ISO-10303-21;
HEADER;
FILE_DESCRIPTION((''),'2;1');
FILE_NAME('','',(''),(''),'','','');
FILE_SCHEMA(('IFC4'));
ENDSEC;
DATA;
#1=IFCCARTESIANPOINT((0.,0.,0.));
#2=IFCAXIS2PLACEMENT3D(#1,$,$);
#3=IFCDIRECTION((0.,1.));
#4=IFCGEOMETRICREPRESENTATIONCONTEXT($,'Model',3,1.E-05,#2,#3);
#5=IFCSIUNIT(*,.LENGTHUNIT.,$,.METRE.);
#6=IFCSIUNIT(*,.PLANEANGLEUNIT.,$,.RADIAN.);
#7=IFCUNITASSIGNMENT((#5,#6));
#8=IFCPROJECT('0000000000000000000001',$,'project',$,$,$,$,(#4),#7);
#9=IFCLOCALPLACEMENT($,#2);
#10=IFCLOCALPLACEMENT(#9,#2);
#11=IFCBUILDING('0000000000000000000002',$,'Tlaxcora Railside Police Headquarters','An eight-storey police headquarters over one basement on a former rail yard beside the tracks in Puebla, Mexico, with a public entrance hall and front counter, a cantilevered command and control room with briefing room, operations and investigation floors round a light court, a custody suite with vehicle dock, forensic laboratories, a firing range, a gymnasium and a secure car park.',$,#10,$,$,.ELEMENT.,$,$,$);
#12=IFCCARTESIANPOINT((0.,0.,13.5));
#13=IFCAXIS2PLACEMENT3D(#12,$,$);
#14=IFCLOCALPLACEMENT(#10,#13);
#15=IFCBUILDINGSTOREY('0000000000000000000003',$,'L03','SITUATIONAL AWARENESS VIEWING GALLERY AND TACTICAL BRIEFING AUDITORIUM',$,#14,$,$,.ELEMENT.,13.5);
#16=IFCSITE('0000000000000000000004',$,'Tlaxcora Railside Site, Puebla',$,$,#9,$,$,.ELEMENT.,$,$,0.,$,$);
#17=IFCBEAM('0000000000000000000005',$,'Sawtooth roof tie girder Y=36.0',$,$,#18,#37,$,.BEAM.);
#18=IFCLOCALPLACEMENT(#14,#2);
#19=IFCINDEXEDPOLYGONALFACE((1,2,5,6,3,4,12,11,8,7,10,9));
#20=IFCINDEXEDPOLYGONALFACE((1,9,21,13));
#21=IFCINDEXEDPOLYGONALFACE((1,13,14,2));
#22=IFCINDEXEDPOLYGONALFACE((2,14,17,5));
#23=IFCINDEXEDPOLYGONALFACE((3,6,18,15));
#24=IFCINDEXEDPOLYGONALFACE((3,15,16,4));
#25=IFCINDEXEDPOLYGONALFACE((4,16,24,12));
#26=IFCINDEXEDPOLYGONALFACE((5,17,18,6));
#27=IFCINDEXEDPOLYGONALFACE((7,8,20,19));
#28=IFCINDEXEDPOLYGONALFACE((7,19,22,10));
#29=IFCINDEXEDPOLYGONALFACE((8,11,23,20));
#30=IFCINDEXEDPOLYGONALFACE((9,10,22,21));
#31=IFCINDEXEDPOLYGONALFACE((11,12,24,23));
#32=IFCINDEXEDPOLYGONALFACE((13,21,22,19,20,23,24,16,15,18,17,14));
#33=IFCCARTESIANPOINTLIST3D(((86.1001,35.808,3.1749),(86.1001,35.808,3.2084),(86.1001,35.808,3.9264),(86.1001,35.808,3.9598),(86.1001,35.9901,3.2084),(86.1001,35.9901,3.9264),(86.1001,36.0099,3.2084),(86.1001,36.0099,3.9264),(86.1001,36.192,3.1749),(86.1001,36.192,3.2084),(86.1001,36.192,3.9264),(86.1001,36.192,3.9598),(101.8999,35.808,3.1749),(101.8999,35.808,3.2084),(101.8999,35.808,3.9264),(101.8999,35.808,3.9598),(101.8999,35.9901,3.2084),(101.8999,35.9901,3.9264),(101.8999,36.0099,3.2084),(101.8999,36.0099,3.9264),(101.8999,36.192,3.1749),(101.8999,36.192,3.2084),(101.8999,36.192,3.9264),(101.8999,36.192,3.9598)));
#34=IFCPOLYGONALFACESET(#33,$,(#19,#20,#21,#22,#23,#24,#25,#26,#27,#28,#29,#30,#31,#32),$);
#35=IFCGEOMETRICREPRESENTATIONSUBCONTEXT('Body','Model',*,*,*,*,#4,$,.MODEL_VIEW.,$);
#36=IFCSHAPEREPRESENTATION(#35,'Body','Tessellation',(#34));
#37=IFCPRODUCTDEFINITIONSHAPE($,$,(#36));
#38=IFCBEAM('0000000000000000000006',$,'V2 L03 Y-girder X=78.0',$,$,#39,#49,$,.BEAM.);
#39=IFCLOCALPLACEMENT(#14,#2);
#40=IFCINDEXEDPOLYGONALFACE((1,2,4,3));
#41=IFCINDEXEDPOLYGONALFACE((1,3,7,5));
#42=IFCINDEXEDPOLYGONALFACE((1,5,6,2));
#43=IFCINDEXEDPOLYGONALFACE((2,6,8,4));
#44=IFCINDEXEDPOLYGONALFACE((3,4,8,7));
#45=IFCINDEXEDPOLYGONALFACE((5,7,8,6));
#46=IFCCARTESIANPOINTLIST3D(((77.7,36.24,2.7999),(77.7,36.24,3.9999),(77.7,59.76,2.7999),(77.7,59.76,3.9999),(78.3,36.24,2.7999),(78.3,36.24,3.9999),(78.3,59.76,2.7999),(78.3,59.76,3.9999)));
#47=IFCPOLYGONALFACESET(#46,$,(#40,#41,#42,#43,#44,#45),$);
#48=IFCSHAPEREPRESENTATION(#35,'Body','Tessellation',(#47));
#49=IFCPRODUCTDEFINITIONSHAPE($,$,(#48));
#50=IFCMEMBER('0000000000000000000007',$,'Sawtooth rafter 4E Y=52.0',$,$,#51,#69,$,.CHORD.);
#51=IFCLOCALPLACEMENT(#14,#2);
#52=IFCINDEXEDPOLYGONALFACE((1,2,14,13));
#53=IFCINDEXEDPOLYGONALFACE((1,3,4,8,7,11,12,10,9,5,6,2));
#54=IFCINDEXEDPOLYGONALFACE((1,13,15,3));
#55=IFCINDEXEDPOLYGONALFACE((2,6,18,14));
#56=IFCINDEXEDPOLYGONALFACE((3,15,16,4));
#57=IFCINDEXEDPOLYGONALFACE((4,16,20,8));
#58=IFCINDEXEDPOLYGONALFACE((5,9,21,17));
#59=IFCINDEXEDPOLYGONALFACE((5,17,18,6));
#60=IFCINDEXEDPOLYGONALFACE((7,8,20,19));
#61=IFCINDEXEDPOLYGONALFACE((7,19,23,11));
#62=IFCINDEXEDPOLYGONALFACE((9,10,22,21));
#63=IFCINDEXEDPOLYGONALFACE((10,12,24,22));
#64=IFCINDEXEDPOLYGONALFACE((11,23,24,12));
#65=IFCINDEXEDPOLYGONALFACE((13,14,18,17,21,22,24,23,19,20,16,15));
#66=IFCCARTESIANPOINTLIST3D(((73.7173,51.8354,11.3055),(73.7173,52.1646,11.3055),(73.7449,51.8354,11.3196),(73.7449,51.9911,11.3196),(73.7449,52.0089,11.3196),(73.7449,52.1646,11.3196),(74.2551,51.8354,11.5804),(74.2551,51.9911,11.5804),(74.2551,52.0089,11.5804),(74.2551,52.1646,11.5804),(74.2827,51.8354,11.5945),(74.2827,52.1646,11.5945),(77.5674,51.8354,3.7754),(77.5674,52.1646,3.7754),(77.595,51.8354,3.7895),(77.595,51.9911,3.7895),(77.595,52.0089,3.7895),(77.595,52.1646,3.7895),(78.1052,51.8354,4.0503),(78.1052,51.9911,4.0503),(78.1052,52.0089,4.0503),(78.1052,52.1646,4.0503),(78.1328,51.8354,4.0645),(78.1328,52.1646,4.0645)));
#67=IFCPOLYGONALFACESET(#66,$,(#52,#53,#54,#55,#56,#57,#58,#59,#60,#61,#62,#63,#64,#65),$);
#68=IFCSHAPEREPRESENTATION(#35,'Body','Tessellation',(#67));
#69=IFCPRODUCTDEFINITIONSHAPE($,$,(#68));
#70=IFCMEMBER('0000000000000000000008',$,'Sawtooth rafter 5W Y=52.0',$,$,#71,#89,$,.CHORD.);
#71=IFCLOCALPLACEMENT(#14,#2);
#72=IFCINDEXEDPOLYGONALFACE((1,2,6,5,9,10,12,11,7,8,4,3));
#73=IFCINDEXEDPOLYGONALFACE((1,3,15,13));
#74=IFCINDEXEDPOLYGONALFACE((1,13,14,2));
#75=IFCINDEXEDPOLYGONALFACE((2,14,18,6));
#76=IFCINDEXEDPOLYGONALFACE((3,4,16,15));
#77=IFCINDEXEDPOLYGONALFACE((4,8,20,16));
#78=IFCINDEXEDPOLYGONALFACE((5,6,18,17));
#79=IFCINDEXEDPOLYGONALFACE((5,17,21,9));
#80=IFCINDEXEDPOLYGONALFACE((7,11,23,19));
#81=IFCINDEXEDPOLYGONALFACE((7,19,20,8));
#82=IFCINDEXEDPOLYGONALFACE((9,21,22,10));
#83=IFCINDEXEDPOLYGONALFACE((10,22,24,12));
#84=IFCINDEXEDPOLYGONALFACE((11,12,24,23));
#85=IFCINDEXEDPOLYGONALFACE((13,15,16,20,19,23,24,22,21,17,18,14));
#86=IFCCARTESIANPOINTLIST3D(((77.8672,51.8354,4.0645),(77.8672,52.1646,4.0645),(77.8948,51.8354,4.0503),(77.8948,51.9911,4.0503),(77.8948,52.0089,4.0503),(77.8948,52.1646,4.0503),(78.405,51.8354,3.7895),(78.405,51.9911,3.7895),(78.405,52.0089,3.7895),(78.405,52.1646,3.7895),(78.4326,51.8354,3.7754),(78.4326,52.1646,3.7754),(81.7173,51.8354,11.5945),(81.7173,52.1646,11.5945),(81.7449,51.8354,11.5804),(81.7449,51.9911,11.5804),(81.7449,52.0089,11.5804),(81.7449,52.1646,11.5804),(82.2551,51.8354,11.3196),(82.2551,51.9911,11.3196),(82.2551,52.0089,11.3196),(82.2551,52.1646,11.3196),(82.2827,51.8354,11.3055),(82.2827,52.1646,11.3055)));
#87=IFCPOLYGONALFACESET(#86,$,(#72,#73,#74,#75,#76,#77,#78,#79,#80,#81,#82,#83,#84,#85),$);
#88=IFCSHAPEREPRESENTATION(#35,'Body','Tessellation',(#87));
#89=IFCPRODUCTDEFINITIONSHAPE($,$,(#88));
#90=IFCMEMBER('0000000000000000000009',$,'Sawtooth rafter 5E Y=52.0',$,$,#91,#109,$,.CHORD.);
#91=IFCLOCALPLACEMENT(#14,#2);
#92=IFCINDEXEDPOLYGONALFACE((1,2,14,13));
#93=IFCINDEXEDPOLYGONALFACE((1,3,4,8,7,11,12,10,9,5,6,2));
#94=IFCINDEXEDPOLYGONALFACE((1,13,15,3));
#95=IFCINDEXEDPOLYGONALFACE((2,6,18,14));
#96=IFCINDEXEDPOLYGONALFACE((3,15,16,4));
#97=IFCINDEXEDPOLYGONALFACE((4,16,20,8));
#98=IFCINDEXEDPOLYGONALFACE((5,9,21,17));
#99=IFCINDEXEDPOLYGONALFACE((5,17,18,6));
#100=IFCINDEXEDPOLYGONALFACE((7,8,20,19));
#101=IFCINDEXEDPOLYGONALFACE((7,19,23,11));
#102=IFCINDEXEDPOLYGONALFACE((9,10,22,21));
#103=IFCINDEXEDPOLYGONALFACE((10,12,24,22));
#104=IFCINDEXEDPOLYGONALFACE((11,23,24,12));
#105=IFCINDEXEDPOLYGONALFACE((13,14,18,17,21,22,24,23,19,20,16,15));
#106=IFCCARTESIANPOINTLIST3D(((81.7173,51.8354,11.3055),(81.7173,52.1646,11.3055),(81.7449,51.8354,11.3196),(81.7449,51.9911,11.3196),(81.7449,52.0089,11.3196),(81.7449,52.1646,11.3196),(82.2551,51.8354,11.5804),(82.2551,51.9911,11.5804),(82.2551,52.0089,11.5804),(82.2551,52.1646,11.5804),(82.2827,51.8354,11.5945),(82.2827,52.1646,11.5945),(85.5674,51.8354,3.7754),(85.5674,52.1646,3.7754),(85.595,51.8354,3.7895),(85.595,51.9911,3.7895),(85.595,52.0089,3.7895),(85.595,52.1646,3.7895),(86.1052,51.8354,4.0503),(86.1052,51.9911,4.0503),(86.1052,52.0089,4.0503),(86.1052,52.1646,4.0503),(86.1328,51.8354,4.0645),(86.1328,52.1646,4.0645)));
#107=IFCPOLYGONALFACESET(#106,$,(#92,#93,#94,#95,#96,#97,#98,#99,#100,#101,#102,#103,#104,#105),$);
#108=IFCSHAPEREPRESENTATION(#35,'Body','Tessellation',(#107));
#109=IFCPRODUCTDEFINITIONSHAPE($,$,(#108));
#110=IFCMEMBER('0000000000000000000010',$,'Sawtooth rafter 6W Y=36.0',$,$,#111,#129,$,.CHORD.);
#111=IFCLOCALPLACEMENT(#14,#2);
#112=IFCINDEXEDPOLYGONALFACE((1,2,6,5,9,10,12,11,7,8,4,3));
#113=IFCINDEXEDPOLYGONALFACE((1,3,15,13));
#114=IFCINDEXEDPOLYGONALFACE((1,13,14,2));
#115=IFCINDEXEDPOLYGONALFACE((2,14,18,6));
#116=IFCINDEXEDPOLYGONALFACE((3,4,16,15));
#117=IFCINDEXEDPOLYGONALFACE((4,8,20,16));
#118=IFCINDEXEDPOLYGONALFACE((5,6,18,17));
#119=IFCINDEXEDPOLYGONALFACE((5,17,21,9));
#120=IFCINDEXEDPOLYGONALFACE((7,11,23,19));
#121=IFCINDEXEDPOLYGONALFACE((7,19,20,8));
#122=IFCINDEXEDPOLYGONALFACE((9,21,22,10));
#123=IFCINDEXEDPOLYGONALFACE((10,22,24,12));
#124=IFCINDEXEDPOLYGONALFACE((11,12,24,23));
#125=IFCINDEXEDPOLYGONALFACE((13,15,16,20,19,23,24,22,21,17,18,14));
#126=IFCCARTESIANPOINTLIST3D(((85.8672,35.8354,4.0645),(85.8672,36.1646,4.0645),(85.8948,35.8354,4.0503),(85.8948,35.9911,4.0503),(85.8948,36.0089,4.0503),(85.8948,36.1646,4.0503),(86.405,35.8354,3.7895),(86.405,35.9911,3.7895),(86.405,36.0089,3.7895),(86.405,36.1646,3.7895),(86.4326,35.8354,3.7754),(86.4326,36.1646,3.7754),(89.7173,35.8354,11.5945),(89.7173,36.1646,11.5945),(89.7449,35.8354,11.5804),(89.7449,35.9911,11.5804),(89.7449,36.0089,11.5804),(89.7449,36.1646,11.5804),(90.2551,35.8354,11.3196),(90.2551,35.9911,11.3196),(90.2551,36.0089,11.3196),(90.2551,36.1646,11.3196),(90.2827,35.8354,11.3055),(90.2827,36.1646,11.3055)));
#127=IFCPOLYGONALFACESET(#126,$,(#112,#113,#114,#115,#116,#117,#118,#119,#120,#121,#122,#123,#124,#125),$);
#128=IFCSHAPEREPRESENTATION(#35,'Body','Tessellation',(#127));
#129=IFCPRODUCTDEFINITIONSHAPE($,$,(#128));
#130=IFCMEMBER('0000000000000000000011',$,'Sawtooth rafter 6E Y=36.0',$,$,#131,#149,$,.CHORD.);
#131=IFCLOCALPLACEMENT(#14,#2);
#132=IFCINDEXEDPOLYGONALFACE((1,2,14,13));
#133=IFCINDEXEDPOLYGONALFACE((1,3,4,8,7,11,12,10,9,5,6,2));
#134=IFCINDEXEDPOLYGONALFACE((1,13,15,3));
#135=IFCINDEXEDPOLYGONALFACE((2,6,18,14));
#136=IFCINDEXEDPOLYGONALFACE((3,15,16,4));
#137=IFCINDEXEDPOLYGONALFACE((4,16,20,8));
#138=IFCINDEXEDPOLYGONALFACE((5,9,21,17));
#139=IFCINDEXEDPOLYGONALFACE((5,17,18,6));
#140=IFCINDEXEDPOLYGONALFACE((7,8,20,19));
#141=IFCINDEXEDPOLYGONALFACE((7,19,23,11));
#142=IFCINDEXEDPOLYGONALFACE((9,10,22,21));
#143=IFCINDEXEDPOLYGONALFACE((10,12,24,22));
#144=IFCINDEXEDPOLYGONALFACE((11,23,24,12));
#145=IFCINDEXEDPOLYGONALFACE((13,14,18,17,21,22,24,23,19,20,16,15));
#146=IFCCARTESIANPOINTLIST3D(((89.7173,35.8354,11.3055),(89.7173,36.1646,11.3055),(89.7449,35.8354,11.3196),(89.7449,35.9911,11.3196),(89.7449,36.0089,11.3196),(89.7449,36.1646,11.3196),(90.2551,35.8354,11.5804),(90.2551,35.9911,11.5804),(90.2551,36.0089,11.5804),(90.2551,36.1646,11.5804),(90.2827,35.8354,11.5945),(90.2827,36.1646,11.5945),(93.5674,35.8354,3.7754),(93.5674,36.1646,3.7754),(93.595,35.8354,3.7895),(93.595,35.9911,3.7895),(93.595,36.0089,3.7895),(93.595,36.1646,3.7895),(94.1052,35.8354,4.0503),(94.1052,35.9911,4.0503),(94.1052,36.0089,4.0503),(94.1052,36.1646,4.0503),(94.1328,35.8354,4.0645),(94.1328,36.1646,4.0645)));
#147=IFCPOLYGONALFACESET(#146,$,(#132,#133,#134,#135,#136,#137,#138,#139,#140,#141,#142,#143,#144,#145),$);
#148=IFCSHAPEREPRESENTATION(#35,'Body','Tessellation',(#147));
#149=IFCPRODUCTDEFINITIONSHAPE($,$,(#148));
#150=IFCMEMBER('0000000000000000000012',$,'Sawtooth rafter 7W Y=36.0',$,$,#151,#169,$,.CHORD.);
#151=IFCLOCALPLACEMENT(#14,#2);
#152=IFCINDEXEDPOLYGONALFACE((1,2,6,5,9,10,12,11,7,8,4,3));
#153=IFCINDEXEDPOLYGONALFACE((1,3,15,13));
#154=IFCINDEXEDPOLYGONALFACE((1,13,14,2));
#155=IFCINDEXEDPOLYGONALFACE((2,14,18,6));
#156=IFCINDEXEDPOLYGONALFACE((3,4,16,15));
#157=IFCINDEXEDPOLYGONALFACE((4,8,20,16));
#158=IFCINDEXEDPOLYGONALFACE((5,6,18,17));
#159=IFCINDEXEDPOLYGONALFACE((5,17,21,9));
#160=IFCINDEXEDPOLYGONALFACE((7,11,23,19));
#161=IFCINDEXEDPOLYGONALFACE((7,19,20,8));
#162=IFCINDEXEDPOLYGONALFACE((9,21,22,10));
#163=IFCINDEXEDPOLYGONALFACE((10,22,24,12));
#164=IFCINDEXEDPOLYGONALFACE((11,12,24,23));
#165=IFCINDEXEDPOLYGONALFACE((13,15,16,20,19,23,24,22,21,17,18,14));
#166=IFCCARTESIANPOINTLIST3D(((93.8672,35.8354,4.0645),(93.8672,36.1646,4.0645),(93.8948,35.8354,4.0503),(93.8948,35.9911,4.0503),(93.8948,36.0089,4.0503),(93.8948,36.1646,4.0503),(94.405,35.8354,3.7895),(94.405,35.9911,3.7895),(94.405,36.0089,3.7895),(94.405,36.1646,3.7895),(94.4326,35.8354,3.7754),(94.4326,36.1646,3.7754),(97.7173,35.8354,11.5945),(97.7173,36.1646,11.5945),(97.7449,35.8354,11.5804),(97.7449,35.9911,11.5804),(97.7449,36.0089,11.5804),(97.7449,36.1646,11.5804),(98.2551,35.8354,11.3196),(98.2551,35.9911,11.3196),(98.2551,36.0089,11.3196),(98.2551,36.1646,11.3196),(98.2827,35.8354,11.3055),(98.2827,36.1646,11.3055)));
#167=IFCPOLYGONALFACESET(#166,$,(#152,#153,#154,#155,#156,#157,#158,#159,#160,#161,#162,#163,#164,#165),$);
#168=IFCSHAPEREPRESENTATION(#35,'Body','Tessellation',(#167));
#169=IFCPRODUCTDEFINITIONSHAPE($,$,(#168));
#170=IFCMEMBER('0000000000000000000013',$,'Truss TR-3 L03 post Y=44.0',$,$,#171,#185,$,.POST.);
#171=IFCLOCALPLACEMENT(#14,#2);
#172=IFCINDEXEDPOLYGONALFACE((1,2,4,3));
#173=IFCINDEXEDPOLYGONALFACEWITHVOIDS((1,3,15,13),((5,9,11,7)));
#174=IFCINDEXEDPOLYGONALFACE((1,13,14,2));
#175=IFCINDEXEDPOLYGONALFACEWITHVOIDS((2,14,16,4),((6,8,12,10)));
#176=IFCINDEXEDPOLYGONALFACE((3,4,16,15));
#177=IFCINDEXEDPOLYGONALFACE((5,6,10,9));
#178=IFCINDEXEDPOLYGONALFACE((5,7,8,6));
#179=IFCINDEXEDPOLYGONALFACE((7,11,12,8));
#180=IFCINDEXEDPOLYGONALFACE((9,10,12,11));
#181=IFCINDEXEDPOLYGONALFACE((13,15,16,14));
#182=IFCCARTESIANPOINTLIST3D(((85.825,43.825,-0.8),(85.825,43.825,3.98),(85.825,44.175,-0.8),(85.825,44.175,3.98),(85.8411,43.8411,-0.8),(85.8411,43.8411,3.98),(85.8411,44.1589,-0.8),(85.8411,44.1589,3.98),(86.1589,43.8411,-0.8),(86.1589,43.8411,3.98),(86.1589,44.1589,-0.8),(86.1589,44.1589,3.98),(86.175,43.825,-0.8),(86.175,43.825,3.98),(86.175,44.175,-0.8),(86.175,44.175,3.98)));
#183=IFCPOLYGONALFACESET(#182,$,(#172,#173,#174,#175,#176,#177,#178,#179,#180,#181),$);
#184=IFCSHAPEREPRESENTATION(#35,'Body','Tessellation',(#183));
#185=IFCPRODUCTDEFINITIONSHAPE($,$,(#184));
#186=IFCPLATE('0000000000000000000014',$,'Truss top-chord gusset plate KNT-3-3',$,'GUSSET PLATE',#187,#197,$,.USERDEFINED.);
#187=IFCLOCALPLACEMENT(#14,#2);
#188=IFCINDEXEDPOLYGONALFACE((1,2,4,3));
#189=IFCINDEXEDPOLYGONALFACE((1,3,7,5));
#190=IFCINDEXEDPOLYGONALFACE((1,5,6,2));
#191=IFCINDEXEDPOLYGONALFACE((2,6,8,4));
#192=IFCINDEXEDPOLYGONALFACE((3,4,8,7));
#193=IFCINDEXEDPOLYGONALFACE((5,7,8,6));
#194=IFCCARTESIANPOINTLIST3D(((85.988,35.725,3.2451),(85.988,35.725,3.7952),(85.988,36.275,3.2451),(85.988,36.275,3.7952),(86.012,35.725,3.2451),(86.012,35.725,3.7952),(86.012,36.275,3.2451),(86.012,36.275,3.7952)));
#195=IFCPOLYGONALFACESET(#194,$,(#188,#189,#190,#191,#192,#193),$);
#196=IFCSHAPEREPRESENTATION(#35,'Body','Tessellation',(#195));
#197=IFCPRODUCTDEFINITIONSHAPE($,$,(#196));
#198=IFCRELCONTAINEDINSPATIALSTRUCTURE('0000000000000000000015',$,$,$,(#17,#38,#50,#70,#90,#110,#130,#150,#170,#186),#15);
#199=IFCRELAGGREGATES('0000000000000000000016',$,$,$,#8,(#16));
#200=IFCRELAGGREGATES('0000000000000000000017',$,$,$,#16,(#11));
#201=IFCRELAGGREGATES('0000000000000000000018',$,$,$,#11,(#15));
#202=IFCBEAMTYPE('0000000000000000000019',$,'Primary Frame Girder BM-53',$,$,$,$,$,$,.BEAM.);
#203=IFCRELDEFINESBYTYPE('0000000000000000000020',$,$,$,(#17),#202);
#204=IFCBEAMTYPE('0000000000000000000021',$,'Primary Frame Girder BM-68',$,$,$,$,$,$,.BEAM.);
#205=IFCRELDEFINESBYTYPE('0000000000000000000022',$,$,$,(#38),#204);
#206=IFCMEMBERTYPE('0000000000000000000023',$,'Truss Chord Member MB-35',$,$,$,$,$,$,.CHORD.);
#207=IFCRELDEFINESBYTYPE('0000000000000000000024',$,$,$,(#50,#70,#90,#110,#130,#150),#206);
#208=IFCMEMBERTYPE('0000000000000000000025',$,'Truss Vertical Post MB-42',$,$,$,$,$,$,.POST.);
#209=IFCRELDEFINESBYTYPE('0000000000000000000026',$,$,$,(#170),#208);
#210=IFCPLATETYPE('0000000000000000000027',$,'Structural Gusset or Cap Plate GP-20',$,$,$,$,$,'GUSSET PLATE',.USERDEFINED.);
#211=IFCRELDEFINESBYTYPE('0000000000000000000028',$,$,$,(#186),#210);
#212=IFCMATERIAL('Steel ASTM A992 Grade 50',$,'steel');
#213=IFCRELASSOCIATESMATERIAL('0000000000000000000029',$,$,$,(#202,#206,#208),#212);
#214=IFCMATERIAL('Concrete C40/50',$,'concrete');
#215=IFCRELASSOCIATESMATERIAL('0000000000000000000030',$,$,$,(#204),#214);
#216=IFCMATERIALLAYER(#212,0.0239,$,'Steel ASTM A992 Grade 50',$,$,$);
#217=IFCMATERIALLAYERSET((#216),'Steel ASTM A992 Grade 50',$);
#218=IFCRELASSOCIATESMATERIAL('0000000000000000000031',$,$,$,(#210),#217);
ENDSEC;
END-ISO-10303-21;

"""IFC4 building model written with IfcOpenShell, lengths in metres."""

from ifc_helpers import new_model, si_unit, direction, frame, origin, origin_2d, place, context, subcontext, project, spatial, rectangle, hollow_rectangle, i_section, extrude, material, layer, layer_set, material_profile, profile_set, type_object, element, save


model = new_model("IFC4")

# Units and contexts
model_context = context("Model", 3, precision=1e-05, world=origin(), true_north=direction((0.0, 1.0)))
body_context = subcontext(model_context, "Body", "Model", "MODEL_VIEW")
ifc_project = project(units=[si_unit("LENGTHUNIT", "METRE"), si_unit("PLANEANGLEUNIT", "RADIAN")], contexts=[model_context])

# Site, building, storey
site_placement = place(None, origin())
site = spatial("IfcSite", under=ifc_project, at=site_placement, Name="Tlaxcora Railside Site, Puebla", CompositionType="ELEMENT", RefElevation=0.0)
building_placement = place(site_placement, origin())
building = spatial("IfcBuilding", under=site, at=building_placement, Name="Tlaxcora Railside Police Headquarters", Description="An eight-storey police headquarters over one basement on a former rail yard beside the tracks in Puebla, Mexico, with a public entrance hall and front counter, a cantilevered command and control room with briefing room, operations and investigation floors round a light court, a custody suite with vehicle dock, forensic laboratories, a firing range, a gymnasium and a secure car park.", CompositionType="ELEMENT")
storey_placement = place(building_placement, frame((0.0, 0.0, 13.5)))
storey = spatial("IfcBuildingStorey", under=building, at=storey_placement, Name="L03", Description="SITUATIONAL AWARENESS VIEWING GALLERY AND TACTICAL BRIEFING AUDITORIUM", CompositionType="ELEMENT", Elevation=13.5)

# Shared definitions
ifc_material_1 = material(Name="Concrete C40/50", Category="concrete")

# Shared definitions
ifc_material_2 = material(Name="Steel ASTM A992 Grade 50", Category="steel")

# Beams
ifc_material_profile_1 = material_profile(ifc_material_2, i_section(OverallWidth=0.384, OverallDepth=0.7849, WebThickness=0.0198, FlangeThickness=0.0334, at=origin_2d()), Name="W30X211")
ifc_profile_set_1 = profile_set([ifc_material_profile_1], Name="Steel ASTM A992 Grade 50")
beam_type_1 = type_object("IfcBeamType", Name="Primary Frame Girder BM-53", PredefinedType="BEAM", material=ifc_profile_set_1)
for number, where, z_axis, x_axis, name in (
    (1, (86.1001, 36.0, 3.5674), (1.0, 0.0, 0.0), (0.0, 1.0, 0.0), "Sawtooth roof tie girder Y=36.0"),
):
    element("IfcBeam", number, at=place(storey_placement, frame(where, z_axis=z_axis, x_axis=x_axis)), inside=storey, type_object=beam_type_1, Name=name, PredefinedType="BEAM", context=body_context, shape_type="SweptSolid", body=[
        extrude(i_section(OverallWidth=0.384, OverallDepth=0.7849, WebThickness=0.0198, FlangeThickness=0.0334, at=origin_2d()), origin(), (0.0, 0.0, 1.0), 15.7998),
    ])
ifc_material_profile_2 = material_profile(ifc_material_1, rectangle(XDim=0.6001, YDim=1.2, at=origin_2d()), Name="RC600X1200")
ifc_profile_set_2 = profile_set([ifc_material_profile_2], Name="Concrete C40/50")
beam_type_2 = type_object("IfcBeamType", Name="Primary Frame Girder BM-68", PredefinedType="BEAM", material=ifc_profile_set_2)
beam_1_placement = place(storey_placement, frame((78.0, 36.24, 3.3999), z_axis=(0.0, 1.0, 0.0), x_axis=(-1.0, 0.0, 0.0)))
element("IfcBeam", 2, at=beam_1_placement, inside=storey, type_object=beam_type_2, Name="V2 L03 Y-girder X=78.0", PredefinedType="BEAM", context=body_context, shape_type="SweptSolid", body=[
    extrude(rectangle(XDim=0.6001, YDim=1.2, at=origin_2d()), origin(), (0.0, 0.0, 1.0), 23.52),
])

# Members
ifc_material_profile_3 = material_profile(ifc_material_2, i_section(OverallWidth=0.3291, OverallDepth=0.635, WebThickness=0.0178, FlangeThickness=0.031, at=origin_2d()), Name="W24X162")
ifc_profile_set_3 = profile_set([ifc_material_profile_3], Name="Steel ASTM A992 Grade 50")
member_type_1 = type_object("IfcMemberType", Name="Truss Chord Member MB-35", PredefinedType="CHORD", material=ifc_profile_set_3)
for number, where, z_axis, x_axis, name in (
    (3, (77.8501, 52.0, 3.9199), (-0.455244, 0.0, 0.890367), (0.0, -1.0, 0.0), "Sawtooth rafter 4E Y=52.0"),
    (4, (78.1499, 52.0, 3.9199), (0.455244, 0.0, 0.890367), (0.0, 1.0, 0.0), "Sawtooth rafter 5W Y=52.0"),
    (5, (85.8501, 52.0, 3.9199), (-0.455244, 0.0, 0.890367), (0.0, -1.0, 0.0), "Sawtooth rafter 5E Y=52.0"),
    (6, (86.1499, 36.0, 3.9199), (0.455244, 0.0, 0.890367), (0.0, 1.0, 0.0), "Sawtooth rafter 6W Y=36.0"),
    (7, (93.8501, 36.0, 3.9199), (-0.455244, 0.0, 0.890367), (0.0, -1.0, 0.0), "Sawtooth rafter 6E Y=36.0"),
    (8, (94.1499, 36.0, 3.9199), (0.455244, 0.0, 0.890367), (0.0, 1.0, 0.0), "Sawtooth rafter 7W Y=36.0"),
):
    element("IfcMember", number, at=place(storey_placement, frame(where, z_axis=z_axis, x_axis=x_axis)), inside=storey, type_object=member_type_1, Name=name, PredefinedType="CHORD", context=body_context, shape_type="SweptSolid", body=[
        extrude(i_section(OverallWidth=0.3291, OverallDepth=0.635, WebThickness=0.0178, FlangeThickness=0.031, at=origin_2d()), origin(), (0.0, 0.0, 1.0), 8.4573),
    ])
ifc_material_profile_4 = material_profile(ifc_material_2, hollow_rectangle(XDim=0.3501, YDim=0.3501, WallThickness=0.0161, at=origin_2d()), Name="HSS350X350X16")
ifc_profile_set_4 = profile_set([ifc_material_profile_4], Name="Steel ASTM A992 Grade 50")
member_type_2 = type_object("IfcMemberType", Name="Truss Vertical Post MB-42", PredefinedType="POST", material=ifc_profile_set_4)
member_1_placement = place(storey_placement, frame((86.0, 44.0, -0.8), z_axis=(0.0, 0.0, 1.0), x_axis=(1.0, 0.0, 0.0)))
element("IfcMember", 9, at=member_1_placement, inside=storey, type_object=member_type_2, Name="Truss TR-3 L03 post Y=44.0", PredefinedType="POST", context=body_context, shape_type="SweptSolid", body=[
    extrude(hollow_rectangle(XDim=0.3501, YDim=0.3501, WallThickness=0.0161, at=origin_2d()), origin(), (0.0, 0.0, 1.0), 4.78),
])

# Plate
ifc_layer_1 = layer(ifc_material_2, 0.0239, Name="Steel ASTM A992 Grade 50")
ifc_layer_set_1 = layer_set([ifc_layer_1], Name="Steel ASTM A992 Grade 50")
plate_type_1 = type_object("IfcPlateType", Name="Structural Gusset or Cap Plate GP-20", ElementType="GUSSET PLATE", PredefinedType="USERDEFINED", material=ifc_layer_set_1)
plate_1_placement = place(storey_placement, frame((86.0, 36.0, 3.2451), z_axis=(0.0, 0.0, 1.0), x_axis=(0.0, 1.0, 0.0)))
element("IfcPlate", 10, at=plate_1_placement, inside=storey, type_object=plate_type_1, Name="Truss top-chord gusset plate KNT-3-3", ObjectType="GUSSET PLATE", PredefinedType="USERDEFINED", context=body_context, shape_type="SweptSolid", body=[
    extrude(rectangle(XDim=0.55, YDim=0.0239, at=origin_2d()), origin(), (0.0, 0.0, 1.0), 0.55),
])

save(model, "model.ifc")
